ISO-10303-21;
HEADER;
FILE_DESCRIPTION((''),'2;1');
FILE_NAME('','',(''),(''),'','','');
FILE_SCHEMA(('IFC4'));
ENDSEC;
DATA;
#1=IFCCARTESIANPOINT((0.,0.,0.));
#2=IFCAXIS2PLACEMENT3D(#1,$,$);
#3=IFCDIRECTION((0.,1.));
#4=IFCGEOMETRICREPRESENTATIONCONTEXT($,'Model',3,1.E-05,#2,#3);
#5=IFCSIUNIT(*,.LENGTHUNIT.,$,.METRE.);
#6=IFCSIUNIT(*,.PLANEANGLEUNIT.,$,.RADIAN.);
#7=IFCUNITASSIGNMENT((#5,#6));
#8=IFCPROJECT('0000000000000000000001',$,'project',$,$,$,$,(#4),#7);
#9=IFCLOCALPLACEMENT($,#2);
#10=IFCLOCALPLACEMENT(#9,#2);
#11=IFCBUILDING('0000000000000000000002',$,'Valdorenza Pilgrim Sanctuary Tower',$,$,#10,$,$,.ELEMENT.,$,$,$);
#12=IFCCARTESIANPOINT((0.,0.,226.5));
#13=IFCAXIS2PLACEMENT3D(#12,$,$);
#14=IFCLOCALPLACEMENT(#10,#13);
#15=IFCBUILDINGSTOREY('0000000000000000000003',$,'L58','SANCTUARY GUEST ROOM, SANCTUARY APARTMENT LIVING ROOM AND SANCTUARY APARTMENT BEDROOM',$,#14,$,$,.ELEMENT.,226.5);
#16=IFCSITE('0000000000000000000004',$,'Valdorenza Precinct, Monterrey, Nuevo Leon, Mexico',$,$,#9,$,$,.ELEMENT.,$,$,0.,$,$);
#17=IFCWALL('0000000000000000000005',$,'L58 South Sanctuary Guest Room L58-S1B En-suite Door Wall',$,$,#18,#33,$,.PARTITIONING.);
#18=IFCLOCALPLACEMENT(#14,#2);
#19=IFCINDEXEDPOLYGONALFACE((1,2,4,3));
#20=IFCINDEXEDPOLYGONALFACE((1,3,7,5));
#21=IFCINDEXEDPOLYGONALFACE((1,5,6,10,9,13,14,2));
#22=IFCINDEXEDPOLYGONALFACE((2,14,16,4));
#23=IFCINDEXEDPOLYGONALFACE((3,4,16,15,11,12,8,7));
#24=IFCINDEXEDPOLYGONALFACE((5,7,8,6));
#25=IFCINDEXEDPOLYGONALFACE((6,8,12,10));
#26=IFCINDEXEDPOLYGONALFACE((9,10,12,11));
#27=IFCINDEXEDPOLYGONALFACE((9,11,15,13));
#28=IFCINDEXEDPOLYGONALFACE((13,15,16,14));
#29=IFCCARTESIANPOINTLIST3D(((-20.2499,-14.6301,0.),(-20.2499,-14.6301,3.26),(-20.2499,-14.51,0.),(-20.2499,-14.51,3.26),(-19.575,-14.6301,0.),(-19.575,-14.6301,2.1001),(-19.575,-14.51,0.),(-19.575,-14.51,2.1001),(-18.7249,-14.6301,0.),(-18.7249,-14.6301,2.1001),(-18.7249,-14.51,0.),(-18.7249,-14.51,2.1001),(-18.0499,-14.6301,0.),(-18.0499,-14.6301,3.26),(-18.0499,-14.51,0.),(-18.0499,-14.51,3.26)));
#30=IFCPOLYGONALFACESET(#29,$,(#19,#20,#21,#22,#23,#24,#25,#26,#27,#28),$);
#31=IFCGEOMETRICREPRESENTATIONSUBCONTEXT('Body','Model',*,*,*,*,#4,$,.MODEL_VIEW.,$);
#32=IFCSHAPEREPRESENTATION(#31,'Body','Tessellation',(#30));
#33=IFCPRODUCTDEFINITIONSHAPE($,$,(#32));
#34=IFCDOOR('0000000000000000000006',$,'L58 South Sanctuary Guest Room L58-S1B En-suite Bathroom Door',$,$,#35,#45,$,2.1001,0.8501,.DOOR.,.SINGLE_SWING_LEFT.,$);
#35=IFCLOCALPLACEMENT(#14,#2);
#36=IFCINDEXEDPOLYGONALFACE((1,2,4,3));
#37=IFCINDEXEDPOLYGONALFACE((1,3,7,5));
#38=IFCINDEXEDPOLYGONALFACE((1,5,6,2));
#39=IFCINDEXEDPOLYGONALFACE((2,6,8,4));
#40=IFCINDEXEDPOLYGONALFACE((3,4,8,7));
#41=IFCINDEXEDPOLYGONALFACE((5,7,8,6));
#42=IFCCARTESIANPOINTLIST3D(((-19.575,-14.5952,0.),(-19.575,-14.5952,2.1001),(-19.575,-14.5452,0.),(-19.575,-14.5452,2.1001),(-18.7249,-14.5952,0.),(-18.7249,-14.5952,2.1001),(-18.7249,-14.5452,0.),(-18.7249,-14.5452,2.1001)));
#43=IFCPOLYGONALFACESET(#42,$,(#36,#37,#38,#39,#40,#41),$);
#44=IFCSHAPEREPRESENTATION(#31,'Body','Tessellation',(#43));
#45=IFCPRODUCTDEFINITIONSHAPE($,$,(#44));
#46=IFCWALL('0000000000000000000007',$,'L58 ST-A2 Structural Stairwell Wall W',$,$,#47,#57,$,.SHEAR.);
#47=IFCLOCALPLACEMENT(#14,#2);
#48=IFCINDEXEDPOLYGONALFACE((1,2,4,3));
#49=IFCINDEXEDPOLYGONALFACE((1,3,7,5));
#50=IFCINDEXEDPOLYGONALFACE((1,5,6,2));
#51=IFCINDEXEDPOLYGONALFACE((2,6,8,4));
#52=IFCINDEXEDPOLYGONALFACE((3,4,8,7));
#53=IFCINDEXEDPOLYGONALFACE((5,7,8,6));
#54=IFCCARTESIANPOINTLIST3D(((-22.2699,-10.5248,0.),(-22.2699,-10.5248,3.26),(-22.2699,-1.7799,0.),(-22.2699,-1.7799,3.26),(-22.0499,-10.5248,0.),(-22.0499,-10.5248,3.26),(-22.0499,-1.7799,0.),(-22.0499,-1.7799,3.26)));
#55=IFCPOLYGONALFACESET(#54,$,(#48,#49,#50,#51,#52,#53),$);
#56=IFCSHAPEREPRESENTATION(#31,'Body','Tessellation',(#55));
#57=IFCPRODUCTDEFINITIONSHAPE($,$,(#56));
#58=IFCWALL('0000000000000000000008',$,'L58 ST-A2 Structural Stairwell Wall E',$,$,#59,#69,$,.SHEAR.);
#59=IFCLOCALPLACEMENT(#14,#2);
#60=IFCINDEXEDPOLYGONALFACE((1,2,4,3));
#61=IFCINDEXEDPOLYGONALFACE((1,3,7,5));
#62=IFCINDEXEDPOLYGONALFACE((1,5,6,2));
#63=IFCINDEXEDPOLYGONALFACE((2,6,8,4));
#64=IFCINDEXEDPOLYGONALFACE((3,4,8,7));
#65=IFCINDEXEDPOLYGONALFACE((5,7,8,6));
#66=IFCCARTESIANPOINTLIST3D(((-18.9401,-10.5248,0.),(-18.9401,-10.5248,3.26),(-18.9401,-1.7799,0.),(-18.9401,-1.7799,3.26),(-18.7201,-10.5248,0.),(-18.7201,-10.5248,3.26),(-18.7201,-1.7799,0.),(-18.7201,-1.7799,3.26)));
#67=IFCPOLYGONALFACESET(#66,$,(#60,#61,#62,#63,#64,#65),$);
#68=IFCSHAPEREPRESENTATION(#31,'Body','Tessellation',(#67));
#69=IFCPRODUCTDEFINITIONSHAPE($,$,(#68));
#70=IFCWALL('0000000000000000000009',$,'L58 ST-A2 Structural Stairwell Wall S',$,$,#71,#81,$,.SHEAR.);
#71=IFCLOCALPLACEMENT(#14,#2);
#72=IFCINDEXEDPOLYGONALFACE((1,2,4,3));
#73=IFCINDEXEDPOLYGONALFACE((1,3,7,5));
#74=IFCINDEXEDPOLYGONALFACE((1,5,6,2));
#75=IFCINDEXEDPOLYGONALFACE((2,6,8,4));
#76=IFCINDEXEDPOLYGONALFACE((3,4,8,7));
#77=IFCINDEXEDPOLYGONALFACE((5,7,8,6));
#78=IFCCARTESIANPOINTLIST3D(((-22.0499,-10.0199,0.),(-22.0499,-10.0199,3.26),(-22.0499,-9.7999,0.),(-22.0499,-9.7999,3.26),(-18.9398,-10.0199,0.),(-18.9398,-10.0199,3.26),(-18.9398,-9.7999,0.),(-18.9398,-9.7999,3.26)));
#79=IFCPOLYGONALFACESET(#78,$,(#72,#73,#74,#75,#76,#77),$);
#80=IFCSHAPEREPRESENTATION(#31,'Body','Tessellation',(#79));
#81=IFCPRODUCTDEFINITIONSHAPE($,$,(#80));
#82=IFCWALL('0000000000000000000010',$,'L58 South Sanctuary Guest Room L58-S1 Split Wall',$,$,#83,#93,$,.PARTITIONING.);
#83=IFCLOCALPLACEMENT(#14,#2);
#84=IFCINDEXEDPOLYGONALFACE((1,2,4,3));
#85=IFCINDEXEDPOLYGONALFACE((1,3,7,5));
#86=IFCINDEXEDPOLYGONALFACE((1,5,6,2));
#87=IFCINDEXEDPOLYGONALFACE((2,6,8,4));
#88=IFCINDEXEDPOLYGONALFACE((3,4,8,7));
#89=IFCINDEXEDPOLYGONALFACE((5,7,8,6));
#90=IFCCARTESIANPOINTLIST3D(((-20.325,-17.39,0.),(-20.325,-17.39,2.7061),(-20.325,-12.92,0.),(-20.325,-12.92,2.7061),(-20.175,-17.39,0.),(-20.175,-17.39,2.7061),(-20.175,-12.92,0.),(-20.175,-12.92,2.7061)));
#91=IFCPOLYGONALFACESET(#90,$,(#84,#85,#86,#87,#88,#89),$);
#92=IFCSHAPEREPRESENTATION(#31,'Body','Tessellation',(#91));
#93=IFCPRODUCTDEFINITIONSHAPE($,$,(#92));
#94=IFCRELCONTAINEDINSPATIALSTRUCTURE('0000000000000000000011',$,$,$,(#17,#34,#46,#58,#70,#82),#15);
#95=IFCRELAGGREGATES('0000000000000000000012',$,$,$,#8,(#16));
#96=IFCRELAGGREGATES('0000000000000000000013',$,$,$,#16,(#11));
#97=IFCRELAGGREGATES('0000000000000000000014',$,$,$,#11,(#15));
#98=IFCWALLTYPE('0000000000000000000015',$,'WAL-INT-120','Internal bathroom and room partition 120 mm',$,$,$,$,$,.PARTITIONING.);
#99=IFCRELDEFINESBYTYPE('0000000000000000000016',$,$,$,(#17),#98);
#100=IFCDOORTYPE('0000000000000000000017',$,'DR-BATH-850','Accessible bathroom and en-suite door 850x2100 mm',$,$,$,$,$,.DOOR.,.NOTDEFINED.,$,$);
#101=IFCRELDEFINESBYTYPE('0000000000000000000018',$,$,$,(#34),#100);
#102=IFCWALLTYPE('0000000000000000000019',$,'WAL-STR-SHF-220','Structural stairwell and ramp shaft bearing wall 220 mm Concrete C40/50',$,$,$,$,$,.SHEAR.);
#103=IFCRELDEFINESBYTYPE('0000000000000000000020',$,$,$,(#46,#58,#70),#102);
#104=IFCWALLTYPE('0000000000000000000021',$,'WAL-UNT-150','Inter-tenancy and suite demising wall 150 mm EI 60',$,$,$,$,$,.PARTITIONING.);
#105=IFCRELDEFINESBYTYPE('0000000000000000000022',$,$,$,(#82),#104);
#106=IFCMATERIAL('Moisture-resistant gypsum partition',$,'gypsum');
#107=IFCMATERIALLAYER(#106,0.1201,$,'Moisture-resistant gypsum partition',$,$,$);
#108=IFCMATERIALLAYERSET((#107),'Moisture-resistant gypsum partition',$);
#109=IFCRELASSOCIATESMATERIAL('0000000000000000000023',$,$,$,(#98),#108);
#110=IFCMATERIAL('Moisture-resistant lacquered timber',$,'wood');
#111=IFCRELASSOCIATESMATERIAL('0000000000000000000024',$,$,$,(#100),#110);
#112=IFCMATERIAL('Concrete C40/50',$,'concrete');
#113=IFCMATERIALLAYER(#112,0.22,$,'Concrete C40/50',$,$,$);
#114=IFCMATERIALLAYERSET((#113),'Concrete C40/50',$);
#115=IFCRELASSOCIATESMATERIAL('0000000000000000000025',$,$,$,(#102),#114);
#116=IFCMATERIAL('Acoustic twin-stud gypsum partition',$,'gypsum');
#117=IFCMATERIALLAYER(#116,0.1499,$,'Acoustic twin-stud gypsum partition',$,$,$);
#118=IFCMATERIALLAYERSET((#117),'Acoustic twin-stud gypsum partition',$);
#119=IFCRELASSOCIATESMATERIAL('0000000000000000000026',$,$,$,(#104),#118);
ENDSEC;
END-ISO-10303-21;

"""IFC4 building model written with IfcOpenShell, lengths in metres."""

from ifc_helpers import new_model, si_unit, direction, frame, frame_2d, origin, place, context, subcontext, project, spatial, rectangle, extrude, material, layer, layer_set, type_object, element, fill, save


model = new_model("IFC4")

# Units and contexts
model_context = context("Model", 3, precision=1e-05, world=origin(), true_north=direction((0.0, 1.0)))
body_context = subcontext(model_context, "Body", "Model", "MODEL_VIEW")
ifc_project = project(units=[si_unit("LENGTHUNIT", "METRE"), si_unit("PLANEANGLEUNIT", "RADIAN")], contexts=[model_context])

# Site, building, storey
site_placement = place(None, origin())
site = spatial("IfcSite", under=ifc_project, at=site_placement, Name="Valdorenza Precinct, Monterrey, Nuevo Leon, Mexico", CompositionType="ELEMENT", RefElevation=0.0)
building_placement = place(site_placement, origin())
building = spatial("IfcBuilding", under=site, at=building_placement, Name="Valdorenza Pilgrim Sanctuary Tower", CompositionType="ELEMENT")
storey_placement = place(building_placement, frame((0.0, 0.0, 226.5)))
storey = spatial("IfcBuildingStorey", under=building, at=storey_placement, Name="L58", Description="SANCTUARY GUEST ROOM, SANCTUARY APARTMENT LIVING ROOM AND SANCTUARY APARTMENT BEDROOM", CompositionType="ELEMENT", Elevation=226.5)

# Shared definitions
ifc_material_1 = material(Name="Acoustic twin-stud gypsum partition", Category="gypsum")

# Wall, opening, door
ifc_material_2 = material(Name="Moisture-resistant gypsum partition", Category="gypsum")
ifc_layer_1 = layer(ifc_material_2, 0.1201, Name="Moisture-resistant gypsum partition")
ifc_layer_set_1 = layer_set([ifc_layer_1], Name="Moisture-resistant gypsum partition")
wall_type_1 = type_object("IfcWallType", Name="WAL-INT-120", Description="Internal bathroom and room partition 120 mm", PredefinedType="PARTITIONING", material=ifc_layer_set_1)
wall_1_placement = place(storey_placement, frame((-20.25, -14.5701, 0.0), z_axis=(0.0, 0.0, 1.0), x_axis=(1.0, 0.0, 0.0)))
wall_1 = element("IfcWall", 1, at=wall_1_placement, inside=storey, type_object=wall_type_1, Name="L58 South Sanctuary Guest Room L58-S1B En-suite Door Wall", PredefinedType="PARTITIONING", context=body_context, shape_type="SweptSolid", body=[
    extrude(rectangle(XDim=2.2, YDim=0.1201, at=frame_2d((1.1001, 0.0))), origin(), (0.0, 0.0, 1.0), 3.26),
])
opening_1_placement = place(wall_1_placement, frame((0.675, 0.0, 0.0)))
opening_1 = element("IfcOpeningElement", 2, at=opening_1_placement, cuts=wall_1, PredefinedType="OPENING", context=body_context, shape_type="SweptSolid", body=[
    extrude(rectangle(XDim=0.8501, YDim=2.1001, at=frame_2d((0.425, 1.05))), frame((0.0, 0.075, 0.0), z_axis=(0.0, -1.0, 0.0), x_axis=(1.0, 0.0, 0.0)), (0.0, 0.0, 1.0), 0.1499),
])
ifc_material_3 = material(Name="Moisture-resistant lacquered timber", Category="wood")
door_type_1 = type_object("IfcDoorType", Name="DR-BATH-850", Description="Accessible bathroom and en-suite door 850x2100 mm", OperationType="NOTDEFINED", PredefinedType="DOOR", material=ifc_material_3)
door_1_placement = place(opening_1_placement, origin())
door_1 = element("IfcDoor", 3, at=door_1_placement, inside=storey, type_object=door_type_1, Name="L58 South Sanctuary Guest Room L58-S1B En-suite Bathroom Door", OperationType="SINGLE_SWING_LEFT", OverallHeight=2.1001, OverallWidth=0.8501, PredefinedType="DOOR", context=body_context, shape_type="SweptSolid", body=[
    extrude(rectangle(XDim=0.8501, YDim=2.1001, at=frame_2d((0.425, 1.05))), frame((0.0, 0.0249, 0.0), z_axis=(0.0, -1.0, 0.0), x_axis=(1.0, 0.0, 0.0)), (0.0, 0.0, 1.0), 0.05),
])
fill(opening_1, door_1)

# Walls
ifc_material_4 = material(Name="Concrete C40/50", Category="concrete")
ifc_layer_2 = layer(ifc_material_4, 0.22, Name="Concrete C40/50")
ifc_layer_set_2 = layer_set([ifc_layer_2], Name="Concrete C40/50")
wall_type_2 = type_object("IfcWallType", Name="WAL-STR-SHF-220", Description="Structural stairwell and ramp shaft bearing wall 220 mm Concrete C40/50", PredefinedType="SHEAR", material=ifc_layer_set_2)
for number, where, z_axis, x_axis, name in (
    (4, (-22.1599, -10.5249, 0.0), (0.0, 0.0, 1.0), (0.0, 1.0, 0.0), "L58 ST-A2 Structural Stairwell Wall W"),
    (5, (-18.8301, -10.5249, 0.0), (0.0, 0.0, 1.0), (0.0, 1.0, 0.0), "L58 ST-A2 Structural Stairwell Wall E"),
):
    element("IfcWall", number, at=place(storey_placement, frame(where, z_axis=z_axis, x_axis=x_axis)), inside=storey, type_object=wall_type_2, Name=name, PredefinedType="SHEAR", context=body_context, shape_type="SweptSolid", body=[
        extrude(rectangle(XDim=8.7449, YDim=0.22, at=frame_2d((4.3726, 0.0))), origin(), (0.0, 0.0, 1.0), 3.26),
    ])
wall_2_placement = place(storey_placement, frame((-22.05, -9.9099, 0.0), z_axis=(0.0, 0.0, 1.0), x_axis=(1.0, 0.0, 0.0)))
element("IfcWall", 6, at=wall_2_placement, inside=storey, type_object=wall_type_2, Name="L58 ST-A2 Structural Stairwell Wall S", PredefinedType="SHEAR", context=body_context, shape_type="SweptSolid", body=[
    extrude(rectangle(XDim=3.1101, YDim=0.22, at=frame_2d((1.5552, 0.0))), origin(), (0.0, 0.0, 1.0), 3.26),
])
ifc_layer_3 = layer(ifc_material_1, 0.1499, Name="Acoustic twin-stud gypsum partition")
ifc_layer_set_3 = layer_set([ifc_layer_3], Name="Acoustic twin-stud gypsum partition")
wall_type_3 = type_object("IfcWallType", Name="WAL-UNT-150", Description="Inter-tenancy and suite demising wall 150 mm EI 60", PredefinedType="PARTITIONING", material=ifc_layer_set_3)
wall_3_placement = place(storey_placement, frame((-20.25, -17.3899, 0.0), z_axis=(0.0, 0.0, 1.0), x_axis=(0.0, 1.0, 0.0)))
element("IfcWall", 7, at=wall_3_placement, inside=storey, type_object=wall_type_3, Name="L58 South Sanctuary Guest Room L58-S1 Split Wall", PredefinedType="PARTITIONING", context=body_context, shape_type="SweptSolid", body=[
    extrude(rectangle(XDim=4.47, YDim=0.1499, at=frame_2d((2.2349, 0.0))), origin(), (0.0, 0.0, 1.0), 2.7061),
])

save(model, "model.ifc")
